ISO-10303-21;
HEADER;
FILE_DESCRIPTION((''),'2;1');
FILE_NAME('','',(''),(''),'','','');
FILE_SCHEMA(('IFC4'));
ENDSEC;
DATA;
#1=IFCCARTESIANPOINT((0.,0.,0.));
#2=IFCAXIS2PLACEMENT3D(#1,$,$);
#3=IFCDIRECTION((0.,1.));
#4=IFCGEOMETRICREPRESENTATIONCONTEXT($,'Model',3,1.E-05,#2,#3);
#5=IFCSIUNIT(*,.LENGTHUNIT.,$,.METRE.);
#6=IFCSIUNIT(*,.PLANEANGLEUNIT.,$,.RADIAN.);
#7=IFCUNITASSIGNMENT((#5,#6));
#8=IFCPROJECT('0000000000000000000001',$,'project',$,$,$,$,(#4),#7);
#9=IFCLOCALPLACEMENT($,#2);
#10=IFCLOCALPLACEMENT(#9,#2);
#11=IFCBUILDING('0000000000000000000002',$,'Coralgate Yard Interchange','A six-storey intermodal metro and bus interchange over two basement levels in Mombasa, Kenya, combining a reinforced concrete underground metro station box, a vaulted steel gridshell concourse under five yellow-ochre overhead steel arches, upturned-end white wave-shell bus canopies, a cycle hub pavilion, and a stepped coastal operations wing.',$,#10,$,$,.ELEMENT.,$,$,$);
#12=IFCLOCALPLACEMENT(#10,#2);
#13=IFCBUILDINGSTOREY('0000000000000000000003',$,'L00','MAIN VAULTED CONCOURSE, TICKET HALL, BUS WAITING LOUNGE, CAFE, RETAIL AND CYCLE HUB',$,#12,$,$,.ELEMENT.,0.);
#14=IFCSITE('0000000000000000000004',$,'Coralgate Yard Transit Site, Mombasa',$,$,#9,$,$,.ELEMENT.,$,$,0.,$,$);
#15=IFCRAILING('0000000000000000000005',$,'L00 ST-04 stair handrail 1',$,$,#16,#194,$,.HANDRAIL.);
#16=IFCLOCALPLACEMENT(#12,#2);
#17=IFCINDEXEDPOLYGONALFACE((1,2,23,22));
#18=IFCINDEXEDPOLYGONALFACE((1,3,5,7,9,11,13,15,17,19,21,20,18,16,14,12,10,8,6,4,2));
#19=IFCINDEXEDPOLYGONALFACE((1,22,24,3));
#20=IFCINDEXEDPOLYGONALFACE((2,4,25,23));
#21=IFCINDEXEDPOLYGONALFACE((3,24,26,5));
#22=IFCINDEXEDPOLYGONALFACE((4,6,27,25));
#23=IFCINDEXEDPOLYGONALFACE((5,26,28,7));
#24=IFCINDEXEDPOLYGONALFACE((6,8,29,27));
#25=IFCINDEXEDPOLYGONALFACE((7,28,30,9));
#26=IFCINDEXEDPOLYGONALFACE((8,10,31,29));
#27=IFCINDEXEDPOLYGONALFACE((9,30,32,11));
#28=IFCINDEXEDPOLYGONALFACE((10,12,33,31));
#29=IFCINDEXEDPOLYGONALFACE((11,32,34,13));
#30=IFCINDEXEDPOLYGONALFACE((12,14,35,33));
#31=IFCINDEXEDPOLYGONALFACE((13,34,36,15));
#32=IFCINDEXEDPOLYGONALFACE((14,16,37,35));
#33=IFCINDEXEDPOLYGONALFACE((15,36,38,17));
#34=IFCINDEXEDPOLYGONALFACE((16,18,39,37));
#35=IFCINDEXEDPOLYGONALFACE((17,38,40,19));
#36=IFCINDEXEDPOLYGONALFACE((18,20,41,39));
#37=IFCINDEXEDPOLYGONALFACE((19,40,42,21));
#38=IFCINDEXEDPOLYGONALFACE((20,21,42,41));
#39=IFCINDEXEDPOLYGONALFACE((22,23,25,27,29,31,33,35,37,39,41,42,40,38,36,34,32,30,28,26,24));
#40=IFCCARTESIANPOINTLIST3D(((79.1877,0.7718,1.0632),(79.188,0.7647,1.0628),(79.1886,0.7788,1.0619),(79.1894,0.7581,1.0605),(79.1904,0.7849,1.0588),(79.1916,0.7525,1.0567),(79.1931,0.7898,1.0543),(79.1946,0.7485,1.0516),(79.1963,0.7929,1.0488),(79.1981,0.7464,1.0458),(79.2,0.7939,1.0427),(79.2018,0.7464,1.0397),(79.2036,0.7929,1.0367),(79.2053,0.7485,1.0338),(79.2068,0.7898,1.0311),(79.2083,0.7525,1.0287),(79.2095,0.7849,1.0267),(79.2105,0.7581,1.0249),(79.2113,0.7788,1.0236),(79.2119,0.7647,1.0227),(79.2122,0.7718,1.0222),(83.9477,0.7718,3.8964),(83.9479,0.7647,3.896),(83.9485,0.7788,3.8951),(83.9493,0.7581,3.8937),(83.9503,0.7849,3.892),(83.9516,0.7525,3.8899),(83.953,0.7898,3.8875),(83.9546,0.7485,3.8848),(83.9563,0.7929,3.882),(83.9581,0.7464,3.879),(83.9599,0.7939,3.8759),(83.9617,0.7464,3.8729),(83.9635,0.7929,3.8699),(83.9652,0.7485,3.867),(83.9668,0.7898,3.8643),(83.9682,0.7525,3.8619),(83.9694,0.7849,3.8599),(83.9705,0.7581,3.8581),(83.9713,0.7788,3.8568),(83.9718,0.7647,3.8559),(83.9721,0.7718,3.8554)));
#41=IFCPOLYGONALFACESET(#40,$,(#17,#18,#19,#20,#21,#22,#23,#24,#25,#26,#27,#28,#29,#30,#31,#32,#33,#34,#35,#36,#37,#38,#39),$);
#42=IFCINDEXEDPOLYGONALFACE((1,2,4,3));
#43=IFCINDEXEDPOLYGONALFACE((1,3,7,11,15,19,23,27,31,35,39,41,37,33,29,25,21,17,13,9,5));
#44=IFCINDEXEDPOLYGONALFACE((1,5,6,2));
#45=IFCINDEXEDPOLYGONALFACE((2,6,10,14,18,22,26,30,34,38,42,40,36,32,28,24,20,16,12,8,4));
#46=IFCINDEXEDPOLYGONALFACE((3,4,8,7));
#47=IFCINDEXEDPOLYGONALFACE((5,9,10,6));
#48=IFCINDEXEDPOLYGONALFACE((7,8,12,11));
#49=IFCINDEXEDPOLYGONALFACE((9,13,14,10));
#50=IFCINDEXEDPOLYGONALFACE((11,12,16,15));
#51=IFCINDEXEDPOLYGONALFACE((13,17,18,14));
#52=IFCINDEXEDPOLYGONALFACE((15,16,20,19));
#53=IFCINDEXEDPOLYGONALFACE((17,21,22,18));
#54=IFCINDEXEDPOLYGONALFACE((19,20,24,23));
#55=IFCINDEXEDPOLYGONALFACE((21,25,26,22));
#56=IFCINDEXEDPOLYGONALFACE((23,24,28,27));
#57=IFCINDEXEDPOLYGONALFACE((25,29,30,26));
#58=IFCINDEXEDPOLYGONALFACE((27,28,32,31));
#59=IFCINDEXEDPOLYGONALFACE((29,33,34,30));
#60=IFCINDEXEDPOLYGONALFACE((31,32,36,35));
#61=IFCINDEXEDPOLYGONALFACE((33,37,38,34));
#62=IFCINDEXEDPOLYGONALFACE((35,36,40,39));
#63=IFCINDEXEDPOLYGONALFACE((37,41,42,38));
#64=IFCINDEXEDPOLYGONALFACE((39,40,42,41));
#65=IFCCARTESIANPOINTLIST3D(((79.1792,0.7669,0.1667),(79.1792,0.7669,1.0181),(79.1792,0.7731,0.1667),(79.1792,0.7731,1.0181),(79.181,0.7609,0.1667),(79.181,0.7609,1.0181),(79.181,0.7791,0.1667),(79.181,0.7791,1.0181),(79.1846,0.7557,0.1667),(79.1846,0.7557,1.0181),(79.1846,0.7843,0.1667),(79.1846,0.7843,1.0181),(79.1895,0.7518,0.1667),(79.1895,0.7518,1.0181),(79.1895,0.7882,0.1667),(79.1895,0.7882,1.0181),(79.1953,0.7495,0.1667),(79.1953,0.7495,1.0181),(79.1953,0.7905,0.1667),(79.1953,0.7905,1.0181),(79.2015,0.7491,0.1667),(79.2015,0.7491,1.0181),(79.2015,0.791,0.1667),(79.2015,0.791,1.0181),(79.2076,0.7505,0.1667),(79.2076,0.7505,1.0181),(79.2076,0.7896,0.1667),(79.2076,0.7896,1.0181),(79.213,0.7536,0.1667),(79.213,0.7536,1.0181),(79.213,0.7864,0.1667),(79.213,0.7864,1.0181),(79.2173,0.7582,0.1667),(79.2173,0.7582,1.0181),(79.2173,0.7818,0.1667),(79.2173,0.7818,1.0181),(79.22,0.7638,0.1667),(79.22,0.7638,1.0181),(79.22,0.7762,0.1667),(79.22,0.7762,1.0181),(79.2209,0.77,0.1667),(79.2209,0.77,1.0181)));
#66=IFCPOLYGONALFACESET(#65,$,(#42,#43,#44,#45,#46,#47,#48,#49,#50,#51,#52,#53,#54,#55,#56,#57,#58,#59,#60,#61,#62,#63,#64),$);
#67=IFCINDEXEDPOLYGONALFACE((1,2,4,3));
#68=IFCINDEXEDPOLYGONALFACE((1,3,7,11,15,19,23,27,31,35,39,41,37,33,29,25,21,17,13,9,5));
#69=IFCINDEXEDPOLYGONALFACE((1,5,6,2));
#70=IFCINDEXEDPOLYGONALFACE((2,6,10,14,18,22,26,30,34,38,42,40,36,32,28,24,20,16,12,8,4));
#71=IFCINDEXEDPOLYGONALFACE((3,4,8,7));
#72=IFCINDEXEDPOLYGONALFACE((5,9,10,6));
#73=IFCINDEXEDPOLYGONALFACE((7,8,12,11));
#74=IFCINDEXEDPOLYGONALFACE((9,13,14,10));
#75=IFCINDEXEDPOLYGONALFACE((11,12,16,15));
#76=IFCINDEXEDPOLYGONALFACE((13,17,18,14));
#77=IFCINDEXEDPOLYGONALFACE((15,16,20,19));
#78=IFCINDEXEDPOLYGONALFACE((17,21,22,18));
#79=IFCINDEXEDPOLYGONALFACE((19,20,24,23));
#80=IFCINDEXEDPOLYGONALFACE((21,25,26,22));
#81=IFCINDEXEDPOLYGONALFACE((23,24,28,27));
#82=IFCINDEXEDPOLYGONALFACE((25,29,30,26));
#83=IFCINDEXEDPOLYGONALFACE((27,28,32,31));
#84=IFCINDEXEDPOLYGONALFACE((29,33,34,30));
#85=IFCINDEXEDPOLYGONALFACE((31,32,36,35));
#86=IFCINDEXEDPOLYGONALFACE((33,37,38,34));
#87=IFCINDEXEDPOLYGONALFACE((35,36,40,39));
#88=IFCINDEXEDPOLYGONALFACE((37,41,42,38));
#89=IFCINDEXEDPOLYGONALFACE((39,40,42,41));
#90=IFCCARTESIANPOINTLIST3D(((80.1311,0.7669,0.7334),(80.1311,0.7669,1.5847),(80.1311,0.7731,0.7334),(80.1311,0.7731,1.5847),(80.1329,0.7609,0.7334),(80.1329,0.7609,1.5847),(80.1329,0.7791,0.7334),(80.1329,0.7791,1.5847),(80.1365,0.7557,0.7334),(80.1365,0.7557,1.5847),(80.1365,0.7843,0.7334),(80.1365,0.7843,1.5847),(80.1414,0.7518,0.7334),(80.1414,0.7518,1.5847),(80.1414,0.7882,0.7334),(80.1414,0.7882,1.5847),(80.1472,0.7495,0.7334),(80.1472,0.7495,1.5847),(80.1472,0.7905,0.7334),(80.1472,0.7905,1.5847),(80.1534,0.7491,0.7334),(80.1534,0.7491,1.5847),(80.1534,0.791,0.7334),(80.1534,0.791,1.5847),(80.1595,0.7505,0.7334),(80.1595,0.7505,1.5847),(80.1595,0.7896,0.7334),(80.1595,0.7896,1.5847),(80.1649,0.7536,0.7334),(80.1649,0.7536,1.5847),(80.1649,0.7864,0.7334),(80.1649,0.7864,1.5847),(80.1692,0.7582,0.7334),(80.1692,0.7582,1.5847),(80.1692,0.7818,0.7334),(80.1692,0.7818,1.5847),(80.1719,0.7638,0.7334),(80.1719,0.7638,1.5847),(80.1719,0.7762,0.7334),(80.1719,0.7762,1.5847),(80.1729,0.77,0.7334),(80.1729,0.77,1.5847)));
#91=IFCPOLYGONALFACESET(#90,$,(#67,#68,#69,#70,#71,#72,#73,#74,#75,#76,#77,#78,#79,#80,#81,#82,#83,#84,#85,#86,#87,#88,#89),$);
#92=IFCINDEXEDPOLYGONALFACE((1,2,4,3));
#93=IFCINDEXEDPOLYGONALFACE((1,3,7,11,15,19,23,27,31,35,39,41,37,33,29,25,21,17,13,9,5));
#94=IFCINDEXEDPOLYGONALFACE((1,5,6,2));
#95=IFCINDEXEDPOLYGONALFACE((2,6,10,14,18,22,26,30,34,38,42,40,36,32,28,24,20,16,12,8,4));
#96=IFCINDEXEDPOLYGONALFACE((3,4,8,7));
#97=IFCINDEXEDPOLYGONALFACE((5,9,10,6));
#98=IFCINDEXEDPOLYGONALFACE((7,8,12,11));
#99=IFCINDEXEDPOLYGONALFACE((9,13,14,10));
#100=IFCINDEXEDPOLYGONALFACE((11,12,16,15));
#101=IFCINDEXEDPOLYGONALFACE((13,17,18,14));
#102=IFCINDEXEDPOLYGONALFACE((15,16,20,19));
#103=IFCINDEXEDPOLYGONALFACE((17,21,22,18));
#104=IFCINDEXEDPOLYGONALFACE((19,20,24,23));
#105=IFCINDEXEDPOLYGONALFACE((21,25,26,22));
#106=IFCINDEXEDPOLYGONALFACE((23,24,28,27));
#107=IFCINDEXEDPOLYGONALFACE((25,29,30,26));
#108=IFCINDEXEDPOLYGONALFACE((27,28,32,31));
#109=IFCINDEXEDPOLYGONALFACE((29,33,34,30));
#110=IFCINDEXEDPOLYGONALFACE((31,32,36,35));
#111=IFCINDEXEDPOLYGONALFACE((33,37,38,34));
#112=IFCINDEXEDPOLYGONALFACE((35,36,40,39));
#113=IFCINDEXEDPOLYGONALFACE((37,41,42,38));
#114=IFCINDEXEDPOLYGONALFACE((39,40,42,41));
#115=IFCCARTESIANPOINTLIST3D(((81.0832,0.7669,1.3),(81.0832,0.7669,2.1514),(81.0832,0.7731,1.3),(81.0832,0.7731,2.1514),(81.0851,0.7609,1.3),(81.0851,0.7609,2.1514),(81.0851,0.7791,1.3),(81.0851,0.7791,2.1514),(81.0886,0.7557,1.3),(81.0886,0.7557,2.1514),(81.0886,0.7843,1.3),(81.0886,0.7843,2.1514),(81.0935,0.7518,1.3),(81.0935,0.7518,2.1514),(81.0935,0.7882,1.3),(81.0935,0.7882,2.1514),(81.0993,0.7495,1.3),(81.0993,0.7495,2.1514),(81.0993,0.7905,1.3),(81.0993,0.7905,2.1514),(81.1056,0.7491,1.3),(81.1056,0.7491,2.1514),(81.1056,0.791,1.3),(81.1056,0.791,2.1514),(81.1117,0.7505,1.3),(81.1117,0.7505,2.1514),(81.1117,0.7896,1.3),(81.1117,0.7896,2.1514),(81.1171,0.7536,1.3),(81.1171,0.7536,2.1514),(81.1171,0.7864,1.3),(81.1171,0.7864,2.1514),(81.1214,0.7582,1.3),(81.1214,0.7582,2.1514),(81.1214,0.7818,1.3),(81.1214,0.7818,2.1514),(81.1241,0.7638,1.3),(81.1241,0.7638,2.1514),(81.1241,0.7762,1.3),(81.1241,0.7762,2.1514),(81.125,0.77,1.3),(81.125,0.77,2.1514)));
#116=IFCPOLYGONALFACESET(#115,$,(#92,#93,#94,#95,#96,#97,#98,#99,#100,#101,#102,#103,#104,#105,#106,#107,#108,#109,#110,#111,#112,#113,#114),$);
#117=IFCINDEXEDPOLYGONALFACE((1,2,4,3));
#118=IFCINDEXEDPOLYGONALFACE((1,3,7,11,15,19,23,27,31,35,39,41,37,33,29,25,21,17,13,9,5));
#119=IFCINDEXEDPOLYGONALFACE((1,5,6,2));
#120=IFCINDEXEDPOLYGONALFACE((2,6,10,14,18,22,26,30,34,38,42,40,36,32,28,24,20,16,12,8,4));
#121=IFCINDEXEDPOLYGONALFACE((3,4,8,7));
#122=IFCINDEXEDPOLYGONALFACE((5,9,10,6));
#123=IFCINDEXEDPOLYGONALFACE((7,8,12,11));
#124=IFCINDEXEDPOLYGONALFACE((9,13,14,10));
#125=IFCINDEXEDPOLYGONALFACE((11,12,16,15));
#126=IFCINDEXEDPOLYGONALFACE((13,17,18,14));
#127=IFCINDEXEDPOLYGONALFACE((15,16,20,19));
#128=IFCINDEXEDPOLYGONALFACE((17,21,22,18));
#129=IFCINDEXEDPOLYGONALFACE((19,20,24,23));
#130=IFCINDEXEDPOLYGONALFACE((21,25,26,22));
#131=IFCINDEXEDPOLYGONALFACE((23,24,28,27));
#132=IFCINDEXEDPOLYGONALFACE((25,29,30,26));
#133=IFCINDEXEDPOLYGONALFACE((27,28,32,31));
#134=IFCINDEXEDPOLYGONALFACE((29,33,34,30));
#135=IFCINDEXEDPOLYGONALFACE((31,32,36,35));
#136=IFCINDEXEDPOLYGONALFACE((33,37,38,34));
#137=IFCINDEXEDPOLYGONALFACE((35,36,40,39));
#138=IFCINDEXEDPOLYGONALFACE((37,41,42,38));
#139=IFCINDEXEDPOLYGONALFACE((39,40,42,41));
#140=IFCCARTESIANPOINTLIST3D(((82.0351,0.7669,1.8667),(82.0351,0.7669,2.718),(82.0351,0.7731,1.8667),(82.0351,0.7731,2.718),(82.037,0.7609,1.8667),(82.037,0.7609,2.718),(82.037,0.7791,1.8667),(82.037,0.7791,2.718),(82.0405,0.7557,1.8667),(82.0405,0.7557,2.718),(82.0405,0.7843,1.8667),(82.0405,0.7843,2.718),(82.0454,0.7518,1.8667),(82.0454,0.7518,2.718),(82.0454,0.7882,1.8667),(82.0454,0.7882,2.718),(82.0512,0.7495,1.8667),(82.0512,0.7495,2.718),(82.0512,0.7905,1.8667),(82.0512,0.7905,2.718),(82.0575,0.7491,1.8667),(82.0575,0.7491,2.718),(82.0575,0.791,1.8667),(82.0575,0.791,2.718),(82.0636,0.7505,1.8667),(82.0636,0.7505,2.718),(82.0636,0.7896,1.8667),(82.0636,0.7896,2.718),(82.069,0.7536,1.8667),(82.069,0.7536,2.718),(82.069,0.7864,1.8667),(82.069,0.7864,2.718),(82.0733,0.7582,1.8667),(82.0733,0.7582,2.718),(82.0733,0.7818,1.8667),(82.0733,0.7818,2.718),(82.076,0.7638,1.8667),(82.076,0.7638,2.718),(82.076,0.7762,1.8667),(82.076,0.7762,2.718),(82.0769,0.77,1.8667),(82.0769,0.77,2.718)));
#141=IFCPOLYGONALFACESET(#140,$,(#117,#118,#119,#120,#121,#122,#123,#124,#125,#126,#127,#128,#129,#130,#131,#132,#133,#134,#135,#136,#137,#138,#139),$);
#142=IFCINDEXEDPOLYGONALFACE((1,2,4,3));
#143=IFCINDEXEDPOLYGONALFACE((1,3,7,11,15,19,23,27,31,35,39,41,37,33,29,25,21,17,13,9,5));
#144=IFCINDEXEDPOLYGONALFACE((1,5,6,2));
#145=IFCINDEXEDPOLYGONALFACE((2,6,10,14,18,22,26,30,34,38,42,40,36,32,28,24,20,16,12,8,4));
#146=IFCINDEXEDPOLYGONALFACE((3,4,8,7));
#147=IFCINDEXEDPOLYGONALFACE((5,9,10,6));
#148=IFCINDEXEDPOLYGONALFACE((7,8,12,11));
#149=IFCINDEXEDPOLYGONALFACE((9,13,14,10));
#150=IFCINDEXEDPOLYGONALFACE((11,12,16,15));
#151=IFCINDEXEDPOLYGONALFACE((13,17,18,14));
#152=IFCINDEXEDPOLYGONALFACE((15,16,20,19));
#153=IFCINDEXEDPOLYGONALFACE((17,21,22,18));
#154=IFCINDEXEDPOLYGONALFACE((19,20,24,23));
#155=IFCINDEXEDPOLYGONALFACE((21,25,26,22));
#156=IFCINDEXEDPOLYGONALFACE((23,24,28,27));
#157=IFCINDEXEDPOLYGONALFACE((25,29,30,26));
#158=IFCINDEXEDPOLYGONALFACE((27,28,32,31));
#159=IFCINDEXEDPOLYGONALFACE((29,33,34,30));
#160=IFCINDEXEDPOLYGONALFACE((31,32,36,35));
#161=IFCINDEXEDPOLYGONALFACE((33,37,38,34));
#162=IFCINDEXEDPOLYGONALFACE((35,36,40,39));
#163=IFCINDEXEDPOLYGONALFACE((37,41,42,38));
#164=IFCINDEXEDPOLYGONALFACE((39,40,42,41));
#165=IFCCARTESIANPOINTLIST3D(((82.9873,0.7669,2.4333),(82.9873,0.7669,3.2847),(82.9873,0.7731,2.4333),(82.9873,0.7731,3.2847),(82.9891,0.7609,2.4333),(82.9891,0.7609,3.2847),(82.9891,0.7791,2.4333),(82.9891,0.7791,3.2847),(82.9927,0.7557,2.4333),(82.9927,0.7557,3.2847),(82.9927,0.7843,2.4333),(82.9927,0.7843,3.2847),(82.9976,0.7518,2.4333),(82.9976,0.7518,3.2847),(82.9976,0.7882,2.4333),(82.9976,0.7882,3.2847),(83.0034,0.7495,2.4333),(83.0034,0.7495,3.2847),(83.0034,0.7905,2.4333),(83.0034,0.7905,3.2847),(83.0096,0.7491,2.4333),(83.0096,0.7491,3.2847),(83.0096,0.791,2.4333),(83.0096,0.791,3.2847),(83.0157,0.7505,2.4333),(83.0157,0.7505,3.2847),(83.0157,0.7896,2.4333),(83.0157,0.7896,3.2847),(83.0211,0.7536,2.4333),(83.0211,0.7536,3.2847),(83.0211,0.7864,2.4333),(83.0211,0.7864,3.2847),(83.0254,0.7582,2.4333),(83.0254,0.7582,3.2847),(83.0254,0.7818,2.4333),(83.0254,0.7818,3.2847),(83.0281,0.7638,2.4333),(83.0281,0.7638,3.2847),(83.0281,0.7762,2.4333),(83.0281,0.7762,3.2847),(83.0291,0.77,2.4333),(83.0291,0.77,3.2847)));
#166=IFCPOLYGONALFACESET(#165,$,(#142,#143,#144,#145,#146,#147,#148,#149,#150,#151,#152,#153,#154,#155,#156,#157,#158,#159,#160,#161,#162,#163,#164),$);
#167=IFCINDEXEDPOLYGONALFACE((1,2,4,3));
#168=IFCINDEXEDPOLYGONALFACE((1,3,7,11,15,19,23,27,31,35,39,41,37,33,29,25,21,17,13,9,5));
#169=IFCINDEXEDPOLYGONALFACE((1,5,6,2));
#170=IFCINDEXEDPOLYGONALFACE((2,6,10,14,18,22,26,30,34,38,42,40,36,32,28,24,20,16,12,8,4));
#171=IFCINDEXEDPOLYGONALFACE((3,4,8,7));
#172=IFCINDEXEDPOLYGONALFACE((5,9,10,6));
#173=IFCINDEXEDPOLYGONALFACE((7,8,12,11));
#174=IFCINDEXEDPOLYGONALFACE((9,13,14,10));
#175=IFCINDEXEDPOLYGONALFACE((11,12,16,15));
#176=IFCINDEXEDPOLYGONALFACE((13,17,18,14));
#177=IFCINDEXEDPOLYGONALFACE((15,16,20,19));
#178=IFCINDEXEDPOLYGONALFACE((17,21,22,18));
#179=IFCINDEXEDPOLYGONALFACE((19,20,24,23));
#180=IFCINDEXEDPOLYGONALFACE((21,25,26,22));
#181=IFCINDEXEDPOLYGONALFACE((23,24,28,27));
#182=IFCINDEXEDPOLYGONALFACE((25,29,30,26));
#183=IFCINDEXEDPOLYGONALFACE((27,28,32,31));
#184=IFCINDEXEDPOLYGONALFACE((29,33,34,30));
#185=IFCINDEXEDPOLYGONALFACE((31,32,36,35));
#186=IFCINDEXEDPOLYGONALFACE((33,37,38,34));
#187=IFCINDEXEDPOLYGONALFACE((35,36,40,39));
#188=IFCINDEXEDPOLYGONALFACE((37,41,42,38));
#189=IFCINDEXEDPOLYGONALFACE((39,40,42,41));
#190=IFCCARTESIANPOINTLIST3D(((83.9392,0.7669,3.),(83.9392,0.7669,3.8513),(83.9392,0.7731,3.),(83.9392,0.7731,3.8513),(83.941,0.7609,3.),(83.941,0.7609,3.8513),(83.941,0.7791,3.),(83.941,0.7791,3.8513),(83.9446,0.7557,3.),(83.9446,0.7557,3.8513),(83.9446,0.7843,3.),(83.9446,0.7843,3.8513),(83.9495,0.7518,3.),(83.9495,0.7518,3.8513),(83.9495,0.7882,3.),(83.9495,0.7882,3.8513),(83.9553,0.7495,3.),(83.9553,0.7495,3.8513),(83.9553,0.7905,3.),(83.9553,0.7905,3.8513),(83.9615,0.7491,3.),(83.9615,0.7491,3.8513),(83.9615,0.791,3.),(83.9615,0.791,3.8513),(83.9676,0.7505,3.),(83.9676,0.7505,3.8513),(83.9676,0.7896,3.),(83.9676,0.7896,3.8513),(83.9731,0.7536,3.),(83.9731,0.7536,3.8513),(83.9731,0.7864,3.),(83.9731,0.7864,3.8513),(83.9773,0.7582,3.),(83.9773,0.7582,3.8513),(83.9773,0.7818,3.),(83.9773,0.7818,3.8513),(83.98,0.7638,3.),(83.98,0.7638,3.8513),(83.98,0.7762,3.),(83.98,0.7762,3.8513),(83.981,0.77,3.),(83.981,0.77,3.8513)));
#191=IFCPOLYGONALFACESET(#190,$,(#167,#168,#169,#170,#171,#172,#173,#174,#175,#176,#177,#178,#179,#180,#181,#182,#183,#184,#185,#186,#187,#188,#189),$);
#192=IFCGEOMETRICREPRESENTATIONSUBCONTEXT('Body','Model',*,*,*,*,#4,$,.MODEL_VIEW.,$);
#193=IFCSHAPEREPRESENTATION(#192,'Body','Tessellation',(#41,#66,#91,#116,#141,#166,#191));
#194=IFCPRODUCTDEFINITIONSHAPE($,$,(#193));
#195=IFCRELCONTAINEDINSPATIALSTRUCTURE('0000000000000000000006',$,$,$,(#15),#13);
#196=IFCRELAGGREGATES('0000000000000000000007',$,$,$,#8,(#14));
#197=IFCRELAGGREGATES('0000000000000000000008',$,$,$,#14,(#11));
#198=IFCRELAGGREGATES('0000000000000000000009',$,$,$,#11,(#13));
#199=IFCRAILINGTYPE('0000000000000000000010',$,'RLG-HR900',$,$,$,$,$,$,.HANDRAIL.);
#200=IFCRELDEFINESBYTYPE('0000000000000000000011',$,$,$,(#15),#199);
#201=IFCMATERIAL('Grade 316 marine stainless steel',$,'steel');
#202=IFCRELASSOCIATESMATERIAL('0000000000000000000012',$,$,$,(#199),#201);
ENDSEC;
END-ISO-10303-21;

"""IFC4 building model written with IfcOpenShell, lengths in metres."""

from ifc_helpers import new_model, si_unit, direction, frame, origin, origin_2d, place, context, subcontext, project, spatial, circle, extrude, material, type_object, element, save


model = new_model("IFC4")

# Units and contexts
model_context = context("Model", 3, precision=1e-05, world=origin(), true_north=direction((0.0, 1.0)))
body_context = subcontext(model_context, "Body", "Model", "MODEL_VIEW")
ifc_project = project(units=[si_unit("LENGTHUNIT", "METRE"), si_unit("PLANEANGLEUNIT", "RADIAN")], contexts=[model_context])

# Site, building, storey
site_placement = place(None, origin())
site = spatial("IfcSite", under=ifc_project, at=site_placement, Name="Coralgate Yard Transit Site, Mombasa", CompositionType="ELEMENT", RefElevation=0.0)
building_placement = place(site_placement, origin())
building = spatial("IfcBuilding", under=site, at=building_placement, Name="Coralgate Yard Interchange", Description="A six-storey intermodal metro and bus interchange over two basement levels in Mombasa, Kenya, combining a reinforced concrete underground metro station box, a vaulted steel gridshell concourse under five yellow-ochre overhead steel arches, upturned-end white wave-shell bus canopies, a cycle hub pavilion, and a stepped coastal operations wing.", CompositionType="ELEMENT")
storey_placement = place(building_placement, origin())
storey = spatial("IfcBuildingStorey", under=building, at=storey_placement, Name="L00", Description="MAIN VAULTED CONCOURSE, TICKET HALL, BUS WAITING LOUNGE, CAFE, RETAIL AND CYCLE HUB", CompositionType="ELEMENT", Elevation=0.0)

# Railing
ifc_material_1 = material(Name="Grade 316 marine stainless steel", Category="steel")
railing_type_1 = type_object("IfcRailingType", Name="RLG-HR900", PredefinedType="HANDRAIL", material=ifc_material_1)
railing_1_placement = place(storey_placement, frame((79.2, 0.77, 0.1667)))
element("IfcRailing", 1, at=railing_1_placement, inside=storey, type_object=railing_type_1, Name="L00 ST-04 stair handrail 1", PredefinedType="HANDRAIL", context=body_context, shape_type="SweptSolid", body=[
    extrude(circle(Radius=0.0239, at=origin_2d()), frame((0.0, 0.0, 0.876), z_axis=(0.8593, 0.0, 0.511472), x_axis=(0.0, 1.0, 0.0)), (0.0, 0.0, 1.0), 5.5393),
    extrude(circle(Radius=0.021, at=origin_2d()), origin(), (0.0, 0.0, 1.0), 0.8513),
    extrude(circle(Radius=0.021, at=origin_2d()), frame((0.9519, 0.0, 0.5667)), (0.0, 0.0, 1.0), 0.8513),
    extrude(circle(Radius=0.021, at=origin_2d()), frame((1.9041, 0.0, 1.1333)), (0.0, 0.0, 1.0), 0.8513),
    extrude(circle(Radius=0.021, at=origin_2d()), frame((2.856, 0.0, 1.7)), (0.0, 0.0, 1.0), 0.8513),
    extrude(circle(Radius=0.021, at=origin_2d()), frame((3.8081, 0.0, 2.2666)), (0.0, 0.0, 1.0), 0.8513),
    extrude(circle(Radius=0.021, at=origin_2d()), frame((4.76, 0.0, 2.8333)), (0.0, 0.0, 1.0), 0.8513),
])

save(model, "model.ifc")
